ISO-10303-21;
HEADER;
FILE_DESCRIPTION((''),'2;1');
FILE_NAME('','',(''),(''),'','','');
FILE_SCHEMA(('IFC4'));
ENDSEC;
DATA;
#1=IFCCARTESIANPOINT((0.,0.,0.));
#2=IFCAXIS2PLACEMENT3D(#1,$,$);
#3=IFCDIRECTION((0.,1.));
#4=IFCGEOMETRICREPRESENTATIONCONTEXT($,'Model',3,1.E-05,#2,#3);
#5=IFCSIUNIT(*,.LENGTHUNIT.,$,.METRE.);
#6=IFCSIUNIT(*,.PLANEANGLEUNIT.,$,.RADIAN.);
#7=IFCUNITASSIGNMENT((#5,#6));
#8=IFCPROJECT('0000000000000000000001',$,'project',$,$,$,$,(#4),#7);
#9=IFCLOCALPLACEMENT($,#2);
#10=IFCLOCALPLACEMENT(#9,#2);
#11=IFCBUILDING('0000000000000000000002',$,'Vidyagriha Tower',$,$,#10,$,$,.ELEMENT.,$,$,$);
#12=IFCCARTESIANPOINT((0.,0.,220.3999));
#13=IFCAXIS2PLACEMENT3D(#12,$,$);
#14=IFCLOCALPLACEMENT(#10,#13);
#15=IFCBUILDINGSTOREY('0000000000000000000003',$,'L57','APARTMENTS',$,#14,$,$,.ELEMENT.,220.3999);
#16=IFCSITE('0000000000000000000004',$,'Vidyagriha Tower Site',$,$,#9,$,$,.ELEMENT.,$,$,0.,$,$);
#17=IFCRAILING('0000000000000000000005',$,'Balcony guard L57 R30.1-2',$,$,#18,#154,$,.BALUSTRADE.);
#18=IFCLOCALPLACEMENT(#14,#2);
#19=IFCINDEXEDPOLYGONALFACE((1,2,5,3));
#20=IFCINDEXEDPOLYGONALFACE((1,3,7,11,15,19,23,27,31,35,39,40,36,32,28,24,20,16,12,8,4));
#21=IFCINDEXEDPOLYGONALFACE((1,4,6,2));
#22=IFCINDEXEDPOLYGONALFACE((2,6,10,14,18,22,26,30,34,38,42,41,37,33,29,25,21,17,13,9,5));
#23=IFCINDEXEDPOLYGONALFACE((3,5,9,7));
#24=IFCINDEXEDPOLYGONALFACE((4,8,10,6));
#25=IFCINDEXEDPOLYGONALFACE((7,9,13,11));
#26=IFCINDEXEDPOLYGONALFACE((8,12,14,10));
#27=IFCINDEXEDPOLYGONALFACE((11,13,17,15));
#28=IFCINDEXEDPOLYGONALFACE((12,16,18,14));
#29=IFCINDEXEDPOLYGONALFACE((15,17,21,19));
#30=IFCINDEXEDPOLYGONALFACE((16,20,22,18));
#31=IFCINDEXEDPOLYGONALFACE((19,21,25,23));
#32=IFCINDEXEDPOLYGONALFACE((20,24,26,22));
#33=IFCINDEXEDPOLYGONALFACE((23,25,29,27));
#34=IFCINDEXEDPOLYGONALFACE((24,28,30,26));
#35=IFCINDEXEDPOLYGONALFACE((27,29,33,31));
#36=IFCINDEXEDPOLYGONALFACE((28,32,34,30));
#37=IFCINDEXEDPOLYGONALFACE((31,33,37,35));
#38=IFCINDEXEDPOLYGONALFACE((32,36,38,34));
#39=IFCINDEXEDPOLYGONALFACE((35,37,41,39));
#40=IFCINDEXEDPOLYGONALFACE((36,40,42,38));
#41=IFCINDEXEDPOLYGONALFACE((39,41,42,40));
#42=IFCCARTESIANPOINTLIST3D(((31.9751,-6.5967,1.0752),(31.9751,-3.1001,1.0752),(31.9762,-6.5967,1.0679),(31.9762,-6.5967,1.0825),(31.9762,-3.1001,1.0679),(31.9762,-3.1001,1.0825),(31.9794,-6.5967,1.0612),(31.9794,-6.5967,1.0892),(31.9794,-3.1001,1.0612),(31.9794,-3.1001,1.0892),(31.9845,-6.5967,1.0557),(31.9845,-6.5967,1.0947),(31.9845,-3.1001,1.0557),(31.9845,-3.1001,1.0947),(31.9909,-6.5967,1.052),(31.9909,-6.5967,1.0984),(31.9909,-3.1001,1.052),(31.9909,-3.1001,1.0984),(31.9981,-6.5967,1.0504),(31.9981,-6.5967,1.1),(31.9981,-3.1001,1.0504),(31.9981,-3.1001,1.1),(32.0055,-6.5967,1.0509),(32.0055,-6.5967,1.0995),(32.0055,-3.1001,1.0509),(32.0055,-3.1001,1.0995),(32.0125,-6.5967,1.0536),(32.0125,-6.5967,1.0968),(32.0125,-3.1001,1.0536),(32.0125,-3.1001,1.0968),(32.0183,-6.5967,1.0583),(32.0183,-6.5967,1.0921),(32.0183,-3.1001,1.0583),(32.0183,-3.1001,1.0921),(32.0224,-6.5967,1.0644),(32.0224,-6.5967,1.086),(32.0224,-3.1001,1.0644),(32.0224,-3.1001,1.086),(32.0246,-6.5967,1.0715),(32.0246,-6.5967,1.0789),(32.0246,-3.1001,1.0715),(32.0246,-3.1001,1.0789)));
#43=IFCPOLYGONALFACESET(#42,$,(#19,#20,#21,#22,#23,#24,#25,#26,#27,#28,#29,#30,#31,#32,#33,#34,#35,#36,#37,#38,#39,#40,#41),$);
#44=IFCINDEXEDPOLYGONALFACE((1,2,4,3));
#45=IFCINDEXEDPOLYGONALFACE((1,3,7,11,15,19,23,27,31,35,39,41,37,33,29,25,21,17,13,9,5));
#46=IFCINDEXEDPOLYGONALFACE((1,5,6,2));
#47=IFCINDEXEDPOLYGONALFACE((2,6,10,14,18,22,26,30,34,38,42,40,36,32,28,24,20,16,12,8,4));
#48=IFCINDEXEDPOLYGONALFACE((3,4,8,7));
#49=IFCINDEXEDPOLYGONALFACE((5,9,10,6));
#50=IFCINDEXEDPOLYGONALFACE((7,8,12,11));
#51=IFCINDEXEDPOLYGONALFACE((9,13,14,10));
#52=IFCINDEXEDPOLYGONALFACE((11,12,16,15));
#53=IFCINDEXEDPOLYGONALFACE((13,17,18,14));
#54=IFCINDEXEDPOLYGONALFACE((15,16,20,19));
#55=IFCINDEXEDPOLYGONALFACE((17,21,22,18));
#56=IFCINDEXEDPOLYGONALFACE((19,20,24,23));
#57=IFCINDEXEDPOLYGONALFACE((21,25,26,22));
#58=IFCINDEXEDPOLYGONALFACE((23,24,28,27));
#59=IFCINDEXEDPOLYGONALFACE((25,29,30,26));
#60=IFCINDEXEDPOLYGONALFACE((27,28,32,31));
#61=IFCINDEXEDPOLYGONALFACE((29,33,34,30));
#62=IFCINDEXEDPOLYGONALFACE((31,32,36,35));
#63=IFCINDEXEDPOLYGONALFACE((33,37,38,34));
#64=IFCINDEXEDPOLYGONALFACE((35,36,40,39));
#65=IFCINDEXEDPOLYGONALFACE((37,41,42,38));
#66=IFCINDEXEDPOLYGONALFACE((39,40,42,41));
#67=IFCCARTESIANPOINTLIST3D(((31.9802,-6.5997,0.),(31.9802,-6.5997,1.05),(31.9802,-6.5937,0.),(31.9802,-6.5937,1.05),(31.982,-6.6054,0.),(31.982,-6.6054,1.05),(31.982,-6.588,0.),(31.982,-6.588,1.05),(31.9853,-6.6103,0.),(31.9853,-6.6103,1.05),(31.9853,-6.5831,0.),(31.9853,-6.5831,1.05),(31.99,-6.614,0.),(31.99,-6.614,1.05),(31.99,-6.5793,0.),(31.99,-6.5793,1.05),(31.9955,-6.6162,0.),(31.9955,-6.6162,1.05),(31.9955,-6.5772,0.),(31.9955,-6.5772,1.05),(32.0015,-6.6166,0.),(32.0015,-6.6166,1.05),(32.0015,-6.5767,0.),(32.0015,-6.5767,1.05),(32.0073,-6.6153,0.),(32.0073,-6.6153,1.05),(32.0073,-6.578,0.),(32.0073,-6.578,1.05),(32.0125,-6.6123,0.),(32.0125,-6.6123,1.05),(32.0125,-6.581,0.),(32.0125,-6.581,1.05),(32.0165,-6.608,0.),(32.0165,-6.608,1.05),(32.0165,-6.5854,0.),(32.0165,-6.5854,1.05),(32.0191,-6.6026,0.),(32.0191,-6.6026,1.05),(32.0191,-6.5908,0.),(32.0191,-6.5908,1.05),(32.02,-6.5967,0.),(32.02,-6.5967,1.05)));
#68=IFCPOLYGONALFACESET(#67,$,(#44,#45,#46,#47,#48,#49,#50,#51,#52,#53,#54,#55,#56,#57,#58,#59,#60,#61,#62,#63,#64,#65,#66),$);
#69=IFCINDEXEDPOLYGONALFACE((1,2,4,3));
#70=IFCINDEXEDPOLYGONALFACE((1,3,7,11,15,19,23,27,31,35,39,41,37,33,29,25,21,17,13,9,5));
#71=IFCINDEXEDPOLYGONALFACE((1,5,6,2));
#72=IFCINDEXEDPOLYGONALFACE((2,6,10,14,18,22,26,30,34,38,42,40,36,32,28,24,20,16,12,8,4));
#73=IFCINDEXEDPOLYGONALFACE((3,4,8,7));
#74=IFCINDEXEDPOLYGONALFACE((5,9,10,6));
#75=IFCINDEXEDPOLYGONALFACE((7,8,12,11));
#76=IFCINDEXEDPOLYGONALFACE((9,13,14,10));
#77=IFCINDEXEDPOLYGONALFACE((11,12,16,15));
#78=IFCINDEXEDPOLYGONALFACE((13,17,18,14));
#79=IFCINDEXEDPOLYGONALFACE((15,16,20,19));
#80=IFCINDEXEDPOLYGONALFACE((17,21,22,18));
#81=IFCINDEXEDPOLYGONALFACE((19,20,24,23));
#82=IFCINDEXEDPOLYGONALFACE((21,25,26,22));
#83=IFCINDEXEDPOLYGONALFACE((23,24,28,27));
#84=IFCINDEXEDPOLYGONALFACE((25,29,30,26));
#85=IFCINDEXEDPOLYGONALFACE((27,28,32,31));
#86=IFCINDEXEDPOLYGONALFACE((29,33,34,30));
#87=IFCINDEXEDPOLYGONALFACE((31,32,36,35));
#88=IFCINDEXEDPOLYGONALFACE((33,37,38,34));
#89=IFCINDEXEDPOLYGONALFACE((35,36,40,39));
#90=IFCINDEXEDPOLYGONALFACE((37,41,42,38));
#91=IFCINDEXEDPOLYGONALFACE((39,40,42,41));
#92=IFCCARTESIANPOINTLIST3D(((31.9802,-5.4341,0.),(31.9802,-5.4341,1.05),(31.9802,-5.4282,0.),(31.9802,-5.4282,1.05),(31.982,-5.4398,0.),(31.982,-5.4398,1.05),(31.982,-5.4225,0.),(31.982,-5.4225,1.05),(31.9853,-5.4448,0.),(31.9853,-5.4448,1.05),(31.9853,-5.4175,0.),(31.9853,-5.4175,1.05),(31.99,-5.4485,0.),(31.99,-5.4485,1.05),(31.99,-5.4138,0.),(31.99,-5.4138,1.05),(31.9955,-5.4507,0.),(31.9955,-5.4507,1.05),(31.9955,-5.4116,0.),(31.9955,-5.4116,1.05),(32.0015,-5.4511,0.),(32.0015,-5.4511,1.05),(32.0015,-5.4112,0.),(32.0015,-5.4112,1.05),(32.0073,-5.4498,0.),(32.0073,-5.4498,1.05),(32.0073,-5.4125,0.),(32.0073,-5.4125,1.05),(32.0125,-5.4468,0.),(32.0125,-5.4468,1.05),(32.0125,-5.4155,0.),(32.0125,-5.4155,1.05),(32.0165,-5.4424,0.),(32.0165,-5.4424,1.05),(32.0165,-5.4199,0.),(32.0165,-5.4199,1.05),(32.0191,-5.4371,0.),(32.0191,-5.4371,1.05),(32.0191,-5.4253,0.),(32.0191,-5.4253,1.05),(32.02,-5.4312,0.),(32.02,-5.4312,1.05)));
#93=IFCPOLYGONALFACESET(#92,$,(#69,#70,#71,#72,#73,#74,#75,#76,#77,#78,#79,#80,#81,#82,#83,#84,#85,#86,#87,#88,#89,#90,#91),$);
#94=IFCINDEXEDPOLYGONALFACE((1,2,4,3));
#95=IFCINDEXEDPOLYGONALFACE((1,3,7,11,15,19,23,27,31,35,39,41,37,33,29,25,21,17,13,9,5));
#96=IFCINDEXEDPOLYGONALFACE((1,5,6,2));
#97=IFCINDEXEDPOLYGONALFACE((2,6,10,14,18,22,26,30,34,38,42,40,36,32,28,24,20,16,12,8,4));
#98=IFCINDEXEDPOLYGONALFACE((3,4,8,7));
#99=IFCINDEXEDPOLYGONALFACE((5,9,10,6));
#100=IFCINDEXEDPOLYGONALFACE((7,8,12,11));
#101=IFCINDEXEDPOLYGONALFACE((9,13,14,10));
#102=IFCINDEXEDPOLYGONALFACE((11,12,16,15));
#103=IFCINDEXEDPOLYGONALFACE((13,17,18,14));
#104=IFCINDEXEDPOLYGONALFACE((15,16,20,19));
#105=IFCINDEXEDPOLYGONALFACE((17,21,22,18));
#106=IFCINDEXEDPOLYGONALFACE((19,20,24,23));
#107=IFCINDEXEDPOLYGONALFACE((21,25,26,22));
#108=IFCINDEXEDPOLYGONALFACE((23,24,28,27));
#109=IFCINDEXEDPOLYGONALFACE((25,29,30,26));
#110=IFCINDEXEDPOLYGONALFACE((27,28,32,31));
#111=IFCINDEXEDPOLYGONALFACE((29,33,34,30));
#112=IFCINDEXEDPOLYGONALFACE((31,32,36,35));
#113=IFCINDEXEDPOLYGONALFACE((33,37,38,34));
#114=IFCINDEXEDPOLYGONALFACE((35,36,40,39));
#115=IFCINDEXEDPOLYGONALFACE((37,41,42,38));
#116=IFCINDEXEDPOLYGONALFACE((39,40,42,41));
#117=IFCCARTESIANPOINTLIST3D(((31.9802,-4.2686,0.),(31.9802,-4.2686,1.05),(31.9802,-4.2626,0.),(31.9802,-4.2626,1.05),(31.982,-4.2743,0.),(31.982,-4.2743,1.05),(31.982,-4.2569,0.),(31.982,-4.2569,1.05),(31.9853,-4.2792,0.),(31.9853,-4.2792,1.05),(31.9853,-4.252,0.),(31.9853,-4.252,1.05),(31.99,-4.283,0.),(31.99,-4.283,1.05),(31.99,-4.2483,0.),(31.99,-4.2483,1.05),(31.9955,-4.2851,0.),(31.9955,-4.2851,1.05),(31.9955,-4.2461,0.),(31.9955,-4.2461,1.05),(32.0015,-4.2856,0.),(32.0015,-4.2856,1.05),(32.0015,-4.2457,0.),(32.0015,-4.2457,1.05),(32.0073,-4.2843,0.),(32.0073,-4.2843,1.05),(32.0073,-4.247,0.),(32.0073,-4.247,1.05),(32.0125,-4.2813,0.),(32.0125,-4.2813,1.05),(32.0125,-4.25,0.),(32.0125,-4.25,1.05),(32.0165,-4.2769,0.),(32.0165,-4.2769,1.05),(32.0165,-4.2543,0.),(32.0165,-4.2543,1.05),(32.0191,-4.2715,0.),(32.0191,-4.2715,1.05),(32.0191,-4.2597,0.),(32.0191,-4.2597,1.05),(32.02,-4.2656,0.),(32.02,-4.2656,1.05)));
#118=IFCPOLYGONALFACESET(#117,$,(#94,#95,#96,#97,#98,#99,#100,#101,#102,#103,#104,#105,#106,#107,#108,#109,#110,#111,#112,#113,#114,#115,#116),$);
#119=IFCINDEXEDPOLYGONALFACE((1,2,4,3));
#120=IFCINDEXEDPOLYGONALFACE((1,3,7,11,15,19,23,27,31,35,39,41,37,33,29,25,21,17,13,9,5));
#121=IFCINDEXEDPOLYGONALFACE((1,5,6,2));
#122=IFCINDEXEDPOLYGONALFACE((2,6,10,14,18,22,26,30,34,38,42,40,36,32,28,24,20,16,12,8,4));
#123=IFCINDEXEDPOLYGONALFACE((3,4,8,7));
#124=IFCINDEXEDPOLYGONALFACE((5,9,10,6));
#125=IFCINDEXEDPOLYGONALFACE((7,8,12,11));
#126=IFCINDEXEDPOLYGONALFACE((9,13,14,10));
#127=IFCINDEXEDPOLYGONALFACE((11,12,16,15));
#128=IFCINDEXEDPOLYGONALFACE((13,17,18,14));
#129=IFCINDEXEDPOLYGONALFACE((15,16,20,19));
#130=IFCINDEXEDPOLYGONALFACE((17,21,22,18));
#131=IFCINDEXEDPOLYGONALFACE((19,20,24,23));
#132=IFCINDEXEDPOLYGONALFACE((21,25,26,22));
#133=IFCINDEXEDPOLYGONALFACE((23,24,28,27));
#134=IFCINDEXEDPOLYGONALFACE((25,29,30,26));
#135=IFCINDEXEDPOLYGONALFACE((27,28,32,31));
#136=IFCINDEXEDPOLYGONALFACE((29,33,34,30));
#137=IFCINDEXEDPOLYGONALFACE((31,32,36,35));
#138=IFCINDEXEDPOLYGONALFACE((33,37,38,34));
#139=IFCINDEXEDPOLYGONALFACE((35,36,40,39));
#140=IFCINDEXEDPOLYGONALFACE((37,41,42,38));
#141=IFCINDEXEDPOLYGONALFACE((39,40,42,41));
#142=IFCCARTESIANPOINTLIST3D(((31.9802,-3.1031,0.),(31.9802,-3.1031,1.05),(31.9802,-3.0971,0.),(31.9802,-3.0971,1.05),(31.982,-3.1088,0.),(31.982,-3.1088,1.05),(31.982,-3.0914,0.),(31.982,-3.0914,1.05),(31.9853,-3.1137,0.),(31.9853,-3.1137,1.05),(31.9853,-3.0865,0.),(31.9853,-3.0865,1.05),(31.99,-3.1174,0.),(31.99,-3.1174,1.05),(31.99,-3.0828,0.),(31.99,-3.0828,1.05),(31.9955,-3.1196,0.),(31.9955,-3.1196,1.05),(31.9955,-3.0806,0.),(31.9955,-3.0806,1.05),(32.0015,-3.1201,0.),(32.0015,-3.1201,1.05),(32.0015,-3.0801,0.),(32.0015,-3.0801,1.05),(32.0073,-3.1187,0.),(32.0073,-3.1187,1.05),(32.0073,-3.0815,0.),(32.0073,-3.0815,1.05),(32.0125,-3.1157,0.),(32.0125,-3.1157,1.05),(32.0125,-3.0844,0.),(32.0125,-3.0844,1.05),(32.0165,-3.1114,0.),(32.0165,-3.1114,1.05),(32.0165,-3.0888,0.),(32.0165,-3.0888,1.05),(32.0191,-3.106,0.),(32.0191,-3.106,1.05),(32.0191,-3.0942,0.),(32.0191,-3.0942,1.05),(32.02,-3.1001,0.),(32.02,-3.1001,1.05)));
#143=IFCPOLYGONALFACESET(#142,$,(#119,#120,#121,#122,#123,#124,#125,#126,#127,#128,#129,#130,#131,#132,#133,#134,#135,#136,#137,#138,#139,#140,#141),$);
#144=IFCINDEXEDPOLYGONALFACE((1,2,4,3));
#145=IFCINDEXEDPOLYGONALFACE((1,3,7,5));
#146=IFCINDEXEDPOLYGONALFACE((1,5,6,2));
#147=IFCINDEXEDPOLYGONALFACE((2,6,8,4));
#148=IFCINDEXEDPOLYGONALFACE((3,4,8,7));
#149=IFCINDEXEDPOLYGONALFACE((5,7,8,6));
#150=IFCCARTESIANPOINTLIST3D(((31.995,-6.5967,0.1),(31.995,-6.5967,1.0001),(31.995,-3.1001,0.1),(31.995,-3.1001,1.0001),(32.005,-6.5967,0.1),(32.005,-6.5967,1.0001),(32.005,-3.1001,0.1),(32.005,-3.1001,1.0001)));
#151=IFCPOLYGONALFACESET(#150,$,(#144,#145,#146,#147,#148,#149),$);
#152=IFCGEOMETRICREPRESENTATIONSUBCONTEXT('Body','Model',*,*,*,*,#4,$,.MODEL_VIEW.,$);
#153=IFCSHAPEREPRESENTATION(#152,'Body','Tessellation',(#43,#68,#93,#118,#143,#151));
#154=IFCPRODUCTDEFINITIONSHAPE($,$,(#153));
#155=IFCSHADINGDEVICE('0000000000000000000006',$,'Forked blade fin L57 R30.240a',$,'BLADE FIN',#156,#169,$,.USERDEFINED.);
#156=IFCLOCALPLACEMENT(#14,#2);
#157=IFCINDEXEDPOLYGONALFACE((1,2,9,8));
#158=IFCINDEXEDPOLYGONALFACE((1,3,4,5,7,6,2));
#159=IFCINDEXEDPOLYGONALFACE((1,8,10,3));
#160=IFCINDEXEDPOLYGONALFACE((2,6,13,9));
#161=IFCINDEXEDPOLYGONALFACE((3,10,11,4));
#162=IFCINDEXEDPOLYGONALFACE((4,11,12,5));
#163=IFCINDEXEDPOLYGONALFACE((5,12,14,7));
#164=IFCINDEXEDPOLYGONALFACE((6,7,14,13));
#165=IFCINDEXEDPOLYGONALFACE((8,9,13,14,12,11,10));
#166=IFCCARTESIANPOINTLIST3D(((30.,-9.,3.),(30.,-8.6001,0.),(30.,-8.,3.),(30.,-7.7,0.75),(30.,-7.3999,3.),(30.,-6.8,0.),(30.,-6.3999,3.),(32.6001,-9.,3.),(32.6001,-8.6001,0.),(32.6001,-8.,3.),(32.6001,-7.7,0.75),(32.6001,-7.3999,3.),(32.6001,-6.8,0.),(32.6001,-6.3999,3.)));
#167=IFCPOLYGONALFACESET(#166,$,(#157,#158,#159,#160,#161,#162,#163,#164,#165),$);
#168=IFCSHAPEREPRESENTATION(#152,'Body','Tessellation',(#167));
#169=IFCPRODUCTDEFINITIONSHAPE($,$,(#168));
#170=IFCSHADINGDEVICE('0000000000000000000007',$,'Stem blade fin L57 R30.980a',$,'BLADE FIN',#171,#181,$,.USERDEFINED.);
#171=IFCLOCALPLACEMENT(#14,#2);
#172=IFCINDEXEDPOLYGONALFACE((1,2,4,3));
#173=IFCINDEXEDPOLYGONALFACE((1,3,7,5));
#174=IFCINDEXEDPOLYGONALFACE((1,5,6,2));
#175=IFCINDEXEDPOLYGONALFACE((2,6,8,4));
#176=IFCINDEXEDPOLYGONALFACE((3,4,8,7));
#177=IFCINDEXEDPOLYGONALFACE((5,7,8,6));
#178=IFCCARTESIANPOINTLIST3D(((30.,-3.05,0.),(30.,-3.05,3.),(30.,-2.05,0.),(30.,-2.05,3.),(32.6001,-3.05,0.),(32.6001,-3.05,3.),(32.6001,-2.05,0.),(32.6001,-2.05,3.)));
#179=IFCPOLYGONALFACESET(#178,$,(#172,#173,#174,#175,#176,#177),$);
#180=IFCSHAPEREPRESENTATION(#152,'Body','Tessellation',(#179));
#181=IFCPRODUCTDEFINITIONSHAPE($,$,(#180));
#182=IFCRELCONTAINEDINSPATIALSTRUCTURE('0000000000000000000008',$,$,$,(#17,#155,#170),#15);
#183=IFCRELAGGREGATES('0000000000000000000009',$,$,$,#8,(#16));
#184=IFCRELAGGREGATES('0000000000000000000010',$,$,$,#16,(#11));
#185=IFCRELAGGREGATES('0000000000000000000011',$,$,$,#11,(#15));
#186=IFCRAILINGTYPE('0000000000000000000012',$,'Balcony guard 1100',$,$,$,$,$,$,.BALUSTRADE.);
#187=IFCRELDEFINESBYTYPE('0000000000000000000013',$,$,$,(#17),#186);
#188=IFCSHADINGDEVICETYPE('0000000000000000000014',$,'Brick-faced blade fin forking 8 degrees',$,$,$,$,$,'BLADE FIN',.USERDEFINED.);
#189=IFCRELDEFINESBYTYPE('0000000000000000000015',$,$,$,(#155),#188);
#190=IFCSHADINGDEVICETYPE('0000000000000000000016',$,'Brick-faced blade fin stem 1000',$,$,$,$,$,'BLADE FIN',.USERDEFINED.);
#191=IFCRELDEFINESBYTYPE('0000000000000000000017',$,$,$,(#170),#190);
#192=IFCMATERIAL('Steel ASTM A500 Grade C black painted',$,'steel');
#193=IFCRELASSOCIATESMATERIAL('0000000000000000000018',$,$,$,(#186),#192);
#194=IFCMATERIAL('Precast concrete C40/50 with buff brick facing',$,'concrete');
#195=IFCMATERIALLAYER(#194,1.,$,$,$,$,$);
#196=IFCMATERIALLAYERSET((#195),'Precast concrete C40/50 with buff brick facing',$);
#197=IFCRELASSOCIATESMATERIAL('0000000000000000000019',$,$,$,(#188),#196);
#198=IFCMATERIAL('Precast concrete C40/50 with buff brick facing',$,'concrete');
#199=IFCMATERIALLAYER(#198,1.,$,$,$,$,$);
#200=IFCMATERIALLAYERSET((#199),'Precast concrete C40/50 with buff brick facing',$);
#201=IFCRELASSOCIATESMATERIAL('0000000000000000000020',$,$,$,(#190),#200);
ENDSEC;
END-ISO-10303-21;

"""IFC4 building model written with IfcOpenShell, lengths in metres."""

from ifc_helpers import new_model, si_unit, direction, frame, origin, origin_2d, place, context, subcontext, project, spatial, polyline, rectangle, circle, outline, extrude, material, layer, layer_set, type_object, element, save


model = new_model("IFC4")

# Units and contexts
model_context = context("Model", 3, precision=1e-05, world=origin(), true_north=direction((0.0, 1.0)))
body_context = subcontext(model_context, "Body", "Model", "MODEL_VIEW")
ifc_project = project(units=[si_unit("LENGTHUNIT", "METRE"), si_unit("PLANEANGLEUNIT", "RADIAN")], contexts=[model_context])

# Site, building, storey
site_placement = place(None, origin())
site = spatial("IfcSite", under=ifc_project, at=site_placement, Name="Vidyagriha Tower Site", CompositionType="ELEMENT", RefElevation=0.0)
building_placement = place(site_placement, origin())
building = spatial("IfcBuilding", under=site, at=building_placement, Name="Vidyagriha Tower", CompositionType="ELEMENT")
storey_placement = place(building_placement, frame((0.0, 0.0, 220.3999)))
storey = spatial("IfcBuildingStorey", under=building, at=storey_placement, Name="L57", Description="APARTMENTS", CompositionType="ELEMENT", Elevation=220.3999)

# Railing
ifc_material_1 = material(Name="Steel ASTM A500 Grade C black painted", Category="steel")
railing_type_1 = type_object("IfcRailingType", Name="Balcony guard 1100", PredefinedType="BALUSTRADE", material=ifc_material_1)
railing_1_placement = place(storey_placement, frame((32.0, -6.5967, 0.0)))
element("IfcRailing", 1, at=railing_1_placement, inside=storey, type_object=railing_type_1, Name="Balcony guard L57 R30.1-2", PredefinedType="BALUSTRADE", context=body_context, shape_type="SweptSolid", body=[
    extrude(circle(Radius=0.0249, at=origin_2d()), frame((0.0, 0.0, 1.0752), z_axis=(0.0, 1.0, 0.0), x_axis=(-1.0, 0.0, 0.0)), (0.0, 0.0, 1.0), 3.4966),
    extrude(circle(Radius=0.02, at=origin_2d()), origin(), (0.0, 0.0, 1.0), 1.05),
    extrude(circle(Radius=0.02, at=origin_2d()), frame((0.0, 1.1655, 0.0)), (0.0, 0.0, 1.0), 1.05),
    extrude(circle(Radius=0.02, at=origin_2d()), frame((0.0, 2.3311, 0.0)), (0.0, 0.0, 1.0), 1.05),
    extrude(circle(Radius=0.02, at=origin_2d()), frame((0.0, 3.4966, 0.0)), (0.0, 0.0, 1.0), 1.05),
    extrude(rectangle(XDim=0.01, YDim=0.9001, at=origin_2d()), frame((0.0, 0.0, 0.55), z_axis=(0.0, 1.0, 0.0), x_axis=(-1.0, 0.0, 0.0)), (0.0, 0.0, 1.0), 3.4966),
])

# Shading devices
ifc_material_2 = material(Name="Precast concrete C40/50 with buff brick facing", Category="concrete")
ifc_layer_1 = layer(ifc_material_2, 1.0)
ifc_layer_set_1 = layer_set([ifc_layer_1], Name="Precast concrete C40/50 with buff brick facing")
shading_device_type_1 = type_object("IfcShadingDeviceType", Name="Brick-faced blade fin forking 8 degrees", ElementType="BLADE FIN", PredefinedType="USERDEFINED", material=ifc_layer_set_1)
shading_device_1_placement = place(storey_placement, frame((31.3, -9.0, 0.0), z_axis=(0.0, 0.0, 1.0), x_axis=(0.0, 1.0, 0.0)))
element("IfcShadingDevice", 2, at=shading_device_1_placement, inside=storey, type_object=shading_device_type_1, Name="Forked blade fin L57 R30.240a", ObjectType="BLADE FIN", PredefinedType="USERDEFINED", context=body_context, shape_type="SweptSolid", body=[
    extrude(outline(polyline([(0.3999, 0.0), (2.2, 0.0), (2.6001, 3.0), (1.6001, 3.0), (1.3, 0.75), (1.0, 3.0), (0.0, 3.0), (0.3999, 0.0)])), frame((0.0, 1.3, 0.0), z_axis=(0.0, -1.0, 0.0), x_axis=(1.0, 0.0, 0.0)), (0.0, 0.0, 1.0), 2.6001),
])
ifc_material_3 = material(Name="Precast concrete C40/50 with buff brick facing", Category="concrete")
ifc_layer_2 = layer(ifc_material_3, 1.0)
ifc_layer_set_2 = layer_set([ifc_layer_2], Name="Precast concrete C40/50 with buff brick facing")
shading_device_type_2 = type_object("IfcShadingDeviceType", Name="Brick-faced blade fin stem 1000", ElementType="BLADE FIN", PredefinedType="USERDEFINED", material=ifc_layer_set_2)
shading_device_2_placement = place(storey_placement, frame((31.3, -3.05, 0.0), z_axis=(0.0, 0.0, 1.0), x_axis=(0.0, 1.0, 0.0)))
element("IfcShadingDevice", 3, at=shading_device_2_placement, inside=storey, type_object=shading_device_type_2, Name="Stem blade fin L57 R30.980a", ObjectType="BLADE FIN", PredefinedType="USERDEFINED", context=body_context, shape_type="SweptSolid", body=[
    extrude(outline(polyline([(0.0, 0.0), (1.0, 0.0), (1.0, 3.0), (0.0, 3.0), (0.0, 0.0)])), frame((0.0, 1.3, 0.0), z_axis=(0.0, -1.0, 0.0), x_axis=(1.0, 0.0, 0.0)), (0.0, 0.0, 1.0), 2.6001),
])

save(model, "model.ifc")
